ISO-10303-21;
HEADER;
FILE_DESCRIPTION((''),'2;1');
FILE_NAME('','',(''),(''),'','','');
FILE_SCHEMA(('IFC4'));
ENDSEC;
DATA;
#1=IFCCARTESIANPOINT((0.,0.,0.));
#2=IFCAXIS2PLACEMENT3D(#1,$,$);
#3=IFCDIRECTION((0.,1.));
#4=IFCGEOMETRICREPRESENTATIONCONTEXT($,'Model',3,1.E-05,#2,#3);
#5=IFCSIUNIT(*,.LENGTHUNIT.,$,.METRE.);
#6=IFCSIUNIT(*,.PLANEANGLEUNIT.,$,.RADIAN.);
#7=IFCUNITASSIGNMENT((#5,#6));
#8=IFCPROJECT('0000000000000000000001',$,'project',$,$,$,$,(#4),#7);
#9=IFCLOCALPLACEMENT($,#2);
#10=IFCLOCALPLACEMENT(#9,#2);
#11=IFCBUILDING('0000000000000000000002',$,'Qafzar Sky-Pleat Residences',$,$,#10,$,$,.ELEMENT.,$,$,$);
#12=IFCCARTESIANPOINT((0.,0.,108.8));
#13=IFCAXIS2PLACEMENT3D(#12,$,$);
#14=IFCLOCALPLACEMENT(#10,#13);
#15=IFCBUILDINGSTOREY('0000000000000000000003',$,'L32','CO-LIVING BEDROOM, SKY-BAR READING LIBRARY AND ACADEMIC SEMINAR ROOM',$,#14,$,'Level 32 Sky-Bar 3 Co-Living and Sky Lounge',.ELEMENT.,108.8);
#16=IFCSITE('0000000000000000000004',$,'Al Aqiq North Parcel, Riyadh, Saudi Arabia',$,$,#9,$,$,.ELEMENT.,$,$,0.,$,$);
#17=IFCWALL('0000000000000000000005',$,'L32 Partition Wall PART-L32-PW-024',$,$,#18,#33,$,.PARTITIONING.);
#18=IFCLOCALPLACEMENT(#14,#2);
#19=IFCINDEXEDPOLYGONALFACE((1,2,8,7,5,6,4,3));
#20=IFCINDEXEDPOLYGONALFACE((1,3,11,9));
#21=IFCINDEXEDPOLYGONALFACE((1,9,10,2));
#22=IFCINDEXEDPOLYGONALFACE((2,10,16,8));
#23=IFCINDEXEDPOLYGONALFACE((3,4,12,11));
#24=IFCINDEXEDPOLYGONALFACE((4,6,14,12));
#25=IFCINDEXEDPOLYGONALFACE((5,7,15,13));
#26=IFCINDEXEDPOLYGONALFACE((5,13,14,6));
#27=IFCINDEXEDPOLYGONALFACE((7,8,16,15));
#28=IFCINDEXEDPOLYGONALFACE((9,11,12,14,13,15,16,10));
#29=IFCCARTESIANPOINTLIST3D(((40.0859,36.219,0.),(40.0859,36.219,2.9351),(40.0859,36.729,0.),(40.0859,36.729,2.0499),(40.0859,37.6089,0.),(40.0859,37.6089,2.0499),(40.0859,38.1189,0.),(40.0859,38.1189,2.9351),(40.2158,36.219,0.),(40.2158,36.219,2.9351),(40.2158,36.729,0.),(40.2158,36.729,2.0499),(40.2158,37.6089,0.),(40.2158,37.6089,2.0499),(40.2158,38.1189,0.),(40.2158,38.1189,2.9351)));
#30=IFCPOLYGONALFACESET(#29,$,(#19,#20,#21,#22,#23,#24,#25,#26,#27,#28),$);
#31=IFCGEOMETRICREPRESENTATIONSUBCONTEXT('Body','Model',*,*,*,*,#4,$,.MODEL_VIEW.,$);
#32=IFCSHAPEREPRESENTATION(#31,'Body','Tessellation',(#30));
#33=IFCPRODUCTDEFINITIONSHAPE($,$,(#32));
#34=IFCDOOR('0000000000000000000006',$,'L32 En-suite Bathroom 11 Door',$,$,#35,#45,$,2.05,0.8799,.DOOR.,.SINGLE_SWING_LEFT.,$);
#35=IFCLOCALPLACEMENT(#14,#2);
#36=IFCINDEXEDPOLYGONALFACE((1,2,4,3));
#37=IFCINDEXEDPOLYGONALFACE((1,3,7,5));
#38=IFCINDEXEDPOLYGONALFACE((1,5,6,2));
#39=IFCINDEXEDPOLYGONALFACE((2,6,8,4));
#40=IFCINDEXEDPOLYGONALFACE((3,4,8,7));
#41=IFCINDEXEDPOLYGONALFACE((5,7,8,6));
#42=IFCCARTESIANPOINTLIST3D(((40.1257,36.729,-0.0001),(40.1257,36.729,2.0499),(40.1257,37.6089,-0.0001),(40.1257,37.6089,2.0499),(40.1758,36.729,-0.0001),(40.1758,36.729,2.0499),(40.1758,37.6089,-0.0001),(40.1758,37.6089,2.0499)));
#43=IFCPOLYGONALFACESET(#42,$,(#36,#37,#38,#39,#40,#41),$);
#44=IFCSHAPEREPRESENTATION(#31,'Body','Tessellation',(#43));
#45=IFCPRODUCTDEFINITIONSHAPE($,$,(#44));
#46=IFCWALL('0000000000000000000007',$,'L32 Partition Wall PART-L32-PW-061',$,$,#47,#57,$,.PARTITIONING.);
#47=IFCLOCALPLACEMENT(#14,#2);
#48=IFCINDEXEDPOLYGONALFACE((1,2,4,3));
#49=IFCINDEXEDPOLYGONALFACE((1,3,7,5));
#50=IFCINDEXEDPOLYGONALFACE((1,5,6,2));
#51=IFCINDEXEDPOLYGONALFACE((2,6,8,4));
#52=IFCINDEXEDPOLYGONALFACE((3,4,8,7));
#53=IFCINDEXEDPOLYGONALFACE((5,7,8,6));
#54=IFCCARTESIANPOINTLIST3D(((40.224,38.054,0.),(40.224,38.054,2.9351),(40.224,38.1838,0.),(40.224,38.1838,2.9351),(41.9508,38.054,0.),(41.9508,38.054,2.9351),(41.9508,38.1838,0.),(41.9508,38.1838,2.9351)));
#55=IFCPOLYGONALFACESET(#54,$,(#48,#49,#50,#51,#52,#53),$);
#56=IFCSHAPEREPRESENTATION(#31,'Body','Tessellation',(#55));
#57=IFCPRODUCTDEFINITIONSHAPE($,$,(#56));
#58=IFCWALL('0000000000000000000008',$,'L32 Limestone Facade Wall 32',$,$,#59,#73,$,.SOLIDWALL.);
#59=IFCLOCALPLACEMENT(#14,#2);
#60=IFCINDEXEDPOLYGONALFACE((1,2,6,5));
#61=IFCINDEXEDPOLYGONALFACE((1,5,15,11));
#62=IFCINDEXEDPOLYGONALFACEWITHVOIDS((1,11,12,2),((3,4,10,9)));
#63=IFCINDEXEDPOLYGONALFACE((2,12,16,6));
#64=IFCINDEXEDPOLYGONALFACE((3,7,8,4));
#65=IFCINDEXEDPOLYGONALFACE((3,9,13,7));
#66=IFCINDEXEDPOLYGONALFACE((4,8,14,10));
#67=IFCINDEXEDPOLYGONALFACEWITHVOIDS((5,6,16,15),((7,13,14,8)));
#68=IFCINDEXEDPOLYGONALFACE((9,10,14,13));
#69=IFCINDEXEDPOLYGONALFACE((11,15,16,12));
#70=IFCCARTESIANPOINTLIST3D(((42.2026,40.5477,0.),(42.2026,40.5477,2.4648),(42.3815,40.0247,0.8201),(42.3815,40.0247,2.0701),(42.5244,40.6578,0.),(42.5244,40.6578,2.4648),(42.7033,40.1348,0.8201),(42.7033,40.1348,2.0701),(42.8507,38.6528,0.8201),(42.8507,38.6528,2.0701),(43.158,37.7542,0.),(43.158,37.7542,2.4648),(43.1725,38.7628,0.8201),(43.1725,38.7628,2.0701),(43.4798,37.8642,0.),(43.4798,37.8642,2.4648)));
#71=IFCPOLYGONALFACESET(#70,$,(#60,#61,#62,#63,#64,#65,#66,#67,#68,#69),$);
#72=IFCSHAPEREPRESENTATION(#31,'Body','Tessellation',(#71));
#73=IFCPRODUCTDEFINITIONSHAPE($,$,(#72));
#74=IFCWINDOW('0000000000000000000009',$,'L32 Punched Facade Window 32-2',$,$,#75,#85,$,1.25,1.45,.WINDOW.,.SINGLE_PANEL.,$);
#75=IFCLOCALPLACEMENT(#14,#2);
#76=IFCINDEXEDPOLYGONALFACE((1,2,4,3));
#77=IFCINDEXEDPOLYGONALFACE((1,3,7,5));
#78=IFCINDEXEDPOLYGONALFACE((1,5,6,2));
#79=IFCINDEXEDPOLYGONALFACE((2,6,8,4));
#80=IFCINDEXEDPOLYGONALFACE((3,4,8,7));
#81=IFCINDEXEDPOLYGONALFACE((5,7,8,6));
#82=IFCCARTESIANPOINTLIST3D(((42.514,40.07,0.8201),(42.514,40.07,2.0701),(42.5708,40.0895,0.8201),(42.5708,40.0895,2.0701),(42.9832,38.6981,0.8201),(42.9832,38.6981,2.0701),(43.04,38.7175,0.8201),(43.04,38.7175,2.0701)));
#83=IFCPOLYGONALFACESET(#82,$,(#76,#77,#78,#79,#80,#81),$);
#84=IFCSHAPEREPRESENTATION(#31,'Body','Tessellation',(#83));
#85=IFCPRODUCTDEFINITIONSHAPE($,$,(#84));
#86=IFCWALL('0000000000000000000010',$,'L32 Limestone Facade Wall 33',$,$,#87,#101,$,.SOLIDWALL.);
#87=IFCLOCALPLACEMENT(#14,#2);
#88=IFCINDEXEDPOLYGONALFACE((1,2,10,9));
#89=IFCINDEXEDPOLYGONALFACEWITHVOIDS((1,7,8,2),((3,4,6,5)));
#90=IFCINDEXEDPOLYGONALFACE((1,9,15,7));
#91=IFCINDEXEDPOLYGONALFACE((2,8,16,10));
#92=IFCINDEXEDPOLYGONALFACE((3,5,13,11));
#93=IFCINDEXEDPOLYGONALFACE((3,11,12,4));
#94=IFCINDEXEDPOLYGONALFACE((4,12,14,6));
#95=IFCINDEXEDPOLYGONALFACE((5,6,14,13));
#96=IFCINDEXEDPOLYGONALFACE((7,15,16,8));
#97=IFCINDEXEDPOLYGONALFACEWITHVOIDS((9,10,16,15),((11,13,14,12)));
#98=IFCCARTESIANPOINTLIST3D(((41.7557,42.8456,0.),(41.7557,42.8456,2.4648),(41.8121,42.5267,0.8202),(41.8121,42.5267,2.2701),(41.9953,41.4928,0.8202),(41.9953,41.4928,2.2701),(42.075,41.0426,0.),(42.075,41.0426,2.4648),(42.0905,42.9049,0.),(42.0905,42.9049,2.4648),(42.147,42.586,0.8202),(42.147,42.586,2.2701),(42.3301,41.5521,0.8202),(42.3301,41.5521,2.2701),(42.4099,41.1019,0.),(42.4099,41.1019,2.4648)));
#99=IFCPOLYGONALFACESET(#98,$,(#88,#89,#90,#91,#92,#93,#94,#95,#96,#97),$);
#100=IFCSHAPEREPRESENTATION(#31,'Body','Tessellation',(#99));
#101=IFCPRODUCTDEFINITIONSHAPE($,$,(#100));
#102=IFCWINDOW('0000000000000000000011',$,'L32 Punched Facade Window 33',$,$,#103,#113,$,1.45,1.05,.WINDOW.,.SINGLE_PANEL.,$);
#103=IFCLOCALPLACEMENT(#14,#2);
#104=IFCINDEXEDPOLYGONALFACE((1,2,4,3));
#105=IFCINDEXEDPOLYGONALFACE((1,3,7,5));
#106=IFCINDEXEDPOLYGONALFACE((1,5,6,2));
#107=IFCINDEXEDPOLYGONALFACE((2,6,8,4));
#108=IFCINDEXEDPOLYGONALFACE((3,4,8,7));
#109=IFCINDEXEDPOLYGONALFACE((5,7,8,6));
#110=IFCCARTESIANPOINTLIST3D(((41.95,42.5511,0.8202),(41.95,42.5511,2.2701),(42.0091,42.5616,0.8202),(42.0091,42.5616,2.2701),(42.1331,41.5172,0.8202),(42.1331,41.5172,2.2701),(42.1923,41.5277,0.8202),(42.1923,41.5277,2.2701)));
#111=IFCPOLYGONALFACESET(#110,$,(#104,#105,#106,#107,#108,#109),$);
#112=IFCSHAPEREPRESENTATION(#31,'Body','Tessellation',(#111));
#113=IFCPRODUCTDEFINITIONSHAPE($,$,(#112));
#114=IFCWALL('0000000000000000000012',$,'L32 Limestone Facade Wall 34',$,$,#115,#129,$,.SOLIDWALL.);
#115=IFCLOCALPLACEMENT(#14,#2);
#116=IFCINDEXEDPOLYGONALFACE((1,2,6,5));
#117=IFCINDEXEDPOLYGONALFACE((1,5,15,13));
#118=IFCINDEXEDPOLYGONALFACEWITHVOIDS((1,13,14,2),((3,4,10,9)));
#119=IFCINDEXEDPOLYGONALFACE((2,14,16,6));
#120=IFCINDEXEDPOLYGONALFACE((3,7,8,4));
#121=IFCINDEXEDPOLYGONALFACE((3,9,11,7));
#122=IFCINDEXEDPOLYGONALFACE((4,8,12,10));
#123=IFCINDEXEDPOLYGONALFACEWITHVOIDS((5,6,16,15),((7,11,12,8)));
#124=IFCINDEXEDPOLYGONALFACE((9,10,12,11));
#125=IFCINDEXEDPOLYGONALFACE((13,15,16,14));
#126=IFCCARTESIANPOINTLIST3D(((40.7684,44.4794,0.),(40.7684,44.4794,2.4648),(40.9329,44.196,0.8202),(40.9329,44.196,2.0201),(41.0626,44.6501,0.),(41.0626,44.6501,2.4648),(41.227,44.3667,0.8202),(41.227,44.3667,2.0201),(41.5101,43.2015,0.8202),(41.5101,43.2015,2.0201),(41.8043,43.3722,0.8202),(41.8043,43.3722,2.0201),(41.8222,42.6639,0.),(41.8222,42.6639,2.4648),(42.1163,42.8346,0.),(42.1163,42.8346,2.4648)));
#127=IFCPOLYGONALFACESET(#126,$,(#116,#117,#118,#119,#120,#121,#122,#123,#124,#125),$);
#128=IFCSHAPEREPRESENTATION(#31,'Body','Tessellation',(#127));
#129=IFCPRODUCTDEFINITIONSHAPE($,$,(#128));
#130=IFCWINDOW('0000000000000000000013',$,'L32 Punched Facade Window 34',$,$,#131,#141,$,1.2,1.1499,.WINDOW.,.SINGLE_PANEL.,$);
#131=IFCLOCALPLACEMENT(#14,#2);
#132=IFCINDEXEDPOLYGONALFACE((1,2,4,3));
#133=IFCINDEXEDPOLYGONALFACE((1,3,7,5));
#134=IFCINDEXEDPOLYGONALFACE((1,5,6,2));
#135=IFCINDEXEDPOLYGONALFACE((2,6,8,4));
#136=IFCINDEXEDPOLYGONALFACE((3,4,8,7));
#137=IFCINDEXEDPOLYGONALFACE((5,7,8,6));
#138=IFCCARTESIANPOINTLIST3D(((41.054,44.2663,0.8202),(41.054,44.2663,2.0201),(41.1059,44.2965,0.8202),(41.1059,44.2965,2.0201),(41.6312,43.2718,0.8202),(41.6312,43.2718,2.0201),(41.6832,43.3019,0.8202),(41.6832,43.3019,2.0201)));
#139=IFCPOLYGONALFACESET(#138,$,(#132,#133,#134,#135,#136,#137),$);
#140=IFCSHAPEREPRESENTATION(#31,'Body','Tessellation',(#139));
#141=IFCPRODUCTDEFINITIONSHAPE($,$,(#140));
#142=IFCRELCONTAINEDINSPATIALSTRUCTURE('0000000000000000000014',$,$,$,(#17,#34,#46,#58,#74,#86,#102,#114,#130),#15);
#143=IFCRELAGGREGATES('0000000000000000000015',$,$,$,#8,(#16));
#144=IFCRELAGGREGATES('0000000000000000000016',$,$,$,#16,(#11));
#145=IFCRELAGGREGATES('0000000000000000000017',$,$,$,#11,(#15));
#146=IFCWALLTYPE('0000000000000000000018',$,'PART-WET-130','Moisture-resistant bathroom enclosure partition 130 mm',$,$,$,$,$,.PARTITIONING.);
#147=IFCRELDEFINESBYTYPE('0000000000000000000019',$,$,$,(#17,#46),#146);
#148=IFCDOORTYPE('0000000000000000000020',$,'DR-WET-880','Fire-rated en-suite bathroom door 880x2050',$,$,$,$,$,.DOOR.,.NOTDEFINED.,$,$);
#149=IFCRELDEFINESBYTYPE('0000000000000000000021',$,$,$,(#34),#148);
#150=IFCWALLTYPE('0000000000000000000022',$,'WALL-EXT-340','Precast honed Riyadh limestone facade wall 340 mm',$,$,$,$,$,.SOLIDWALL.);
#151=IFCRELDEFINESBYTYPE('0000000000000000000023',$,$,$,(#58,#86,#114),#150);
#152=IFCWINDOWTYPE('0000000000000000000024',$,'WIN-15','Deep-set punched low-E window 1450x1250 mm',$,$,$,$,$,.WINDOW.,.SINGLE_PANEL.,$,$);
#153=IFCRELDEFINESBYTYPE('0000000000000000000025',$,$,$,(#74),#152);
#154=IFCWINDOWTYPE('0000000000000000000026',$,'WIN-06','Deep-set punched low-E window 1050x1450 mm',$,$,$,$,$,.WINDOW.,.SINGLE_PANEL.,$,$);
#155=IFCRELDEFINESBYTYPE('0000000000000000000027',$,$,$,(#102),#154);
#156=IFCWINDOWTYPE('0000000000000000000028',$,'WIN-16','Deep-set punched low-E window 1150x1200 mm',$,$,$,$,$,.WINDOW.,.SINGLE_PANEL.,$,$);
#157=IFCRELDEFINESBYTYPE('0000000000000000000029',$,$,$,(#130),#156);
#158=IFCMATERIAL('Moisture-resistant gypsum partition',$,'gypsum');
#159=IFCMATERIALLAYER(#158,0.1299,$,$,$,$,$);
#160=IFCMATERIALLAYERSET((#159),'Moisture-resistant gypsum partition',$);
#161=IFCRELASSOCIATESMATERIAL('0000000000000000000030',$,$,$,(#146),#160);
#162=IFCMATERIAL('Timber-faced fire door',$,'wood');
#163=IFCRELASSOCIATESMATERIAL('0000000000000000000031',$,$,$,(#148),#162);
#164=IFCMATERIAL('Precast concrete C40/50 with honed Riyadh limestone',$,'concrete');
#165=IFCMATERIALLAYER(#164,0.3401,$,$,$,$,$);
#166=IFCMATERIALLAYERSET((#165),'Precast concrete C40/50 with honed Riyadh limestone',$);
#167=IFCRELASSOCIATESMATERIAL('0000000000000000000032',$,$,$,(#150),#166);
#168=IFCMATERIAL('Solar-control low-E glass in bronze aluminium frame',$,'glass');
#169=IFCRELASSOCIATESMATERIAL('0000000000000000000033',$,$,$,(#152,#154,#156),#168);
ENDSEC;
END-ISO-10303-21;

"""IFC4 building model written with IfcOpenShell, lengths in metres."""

from ifc_helpers import new_model, si_unit, direction, frame, frame_2d, origin, place, context, subcontext, project, spatial, rectangle, extrude, source, transform, mapped, material, layer, layer_set, type_object, element, fill, save


model = new_model("IFC4")

# Units and contexts
model_context = context("Model", 3, precision=1e-05, world=origin(), true_north=direction((0.0, 1.0)))
body_context = subcontext(model_context, "Body", "Model", "MODEL_VIEW")
ifc_project = project(units=[si_unit("LENGTHUNIT", "METRE"), si_unit("PLANEANGLEUNIT", "RADIAN")], contexts=[model_context])

# Site, building, storey
site_placement = place(None, origin())
site = spatial("IfcSite", under=ifc_project, at=site_placement, Name="Al Aqiq North Parcel, Riyadh, Saudi Arabia", CompositionType="ELEMENT", RefElevation=0.0)
building_placement = place(site_placement, origin())
building = spatial("IfcBuilding", under=site, at=building_placement, Name="Qafzar Sky-Pleat Residences", CompositionType="ELEMENT")
storey_placement = place(building_placement, frame((0.0, 0.0, 108.8)))
storey = spatial("IfcBuildingStorey", under=building, at=storey_placement, Name="L32", Description="CO-LIVING BEDROOM, SKY-BAR READING LIBRARY AND ACADEMIC SEMINAR ROOM", LongName="Level 32 Sky-Bar 3 Co-Living and Sky Lounge", CompositionType="ELEMENT", Elevation=108.8)

# Wall, opening, door
ifc_material_1 = material(Name="Moisture-resistant gypsum partition", Category="gypsum")
ifc_layer_1 = layer(ifc_material_1, 0.1299)
ifc_layer_set_1 = layer_set([ifc_layer_1], Name="Moisture-resistant gypsum partition")
wall_type_1 = type_object("IfcWallType", Name="PART-WET-130", Description="Moisture-resistant bathroom enclosure partition 130 mm", PredefinedType="PARTITIONING", material=ifc_layer_set_1)
wall_1_placement = place(storey_placement, frame((40.1509, 38.1189, 0.0), z_axis=(0.0, 0.0, 1.0), x_axis=(0.0, -1.0, 0.0)))
wall_1 = element("IfcWall", 1, at=wall_1_placement, inside=storey, type_object=wall_type_1, Name="L32 Partition Wall PART-L32-PW-024", PredefinedType="PARTITIONING", context=body_context, shape_type="SweptSolid", body=[
    extrude(rectangle(XDim=1.8999, YDim=0.1299, at=frame_2d((0.95, 0.0))), origin(), (0.0, 0.0, 1.0), 2.9351),
])
opening_1_placement = place(wall_1_placement, frame((0.51, 0.0, 0.0)))
opening_1 = element("IfcOpeningElement", 2, at=opening_1_placement, cuts=wall_1, PredefinedType="OPENING", context=body_context, shape_type="SweptSolid", body=[
    extrude(rectangle(XDim=0.8799, YDim=2.05, at=frame_2d((0.4399, 1.0249))), frame((0.0, 0.075, 0.0), z_axis=(0.0, -1.0, 0.0), x_axis=(1.0, 0.0, 0.0)), (0.0, 0.0, 1.0), 0.1499),
])
ifc_material_2 = material(Name="Timber-faced fire door", Category="wood")
door_type = type_object("IfcDoorType", Name="DR-WET-880", Description="Fire-rated en-suite bathroom door 880x2050", OperationType="NOTDEFINED", PredefinedType="DOOR", material=ifc_material_2)
shared_shape_1 = source(origin(), body_context, "Body", "SweptSolid", [
    extrude(rectangle(XDim=0.8799, YDim=2.05, at=frame_2d((0.4399, 1.0249))), frame((0.0, 0.0249, 0.0), z_axis=(0.0, -1.0, 0.0), x_axis=(1.0, 0.0, 0.0)), (0.0, 0.0, 1.0), 0.05),
])
door_placement = place(opening_1_placement, origin())
door = element("IfcDoor", 3, at=door_placement, inside=storey, type_object=door_type, Name="L32 En-suite Bathroom 11 Door", OperationType="SINGLE_SWING_LEFT", OverallHeight=2.05, OverallWidth=0.8799, PredefinedType="DOOR", context=body_context, shape_type="MappedRepresentation", body=[
    mapped(shared_shape_1, transform((0.0, 0.0, 0.0), x_axis=(1.0, 0.0, 0.0), y_axis=(0.0, 1.0, 0.0), z_axis=(0.0, 0.0, 1.0), scale=1.0)),
])
fill(opening_1, door)

# Wall
wall_2_placement = place(storey_placement, frame((40.2241, 38.1189, 0.0), z_axis=(0.0, 0.0, 1.0), x_axis=(1.0, 0.0, 0.0)))
element("IfcWall", 4, at=wall_2_placement, inside=storey, type_object=wall_type_1, Name="L32 Partition Wall PART-L32-PW-061", PredefinedType="PARTITIONING", context=body_context, shape_type="SweptSolid", body=[
    extrude(rectangle(XDim=1.7268, YDim=0.1299, at=frame_2d((0.8633, 0.0))), origin(), (0.0, 0.0, 1.0), 2.9351),
])

# Walls, openings, windows
ifc_material_3 = material(Name="Precast concrete C40/50 with honed Riyadh limestone", Category="concrete")
ifc_layer_2 = layer(ifc_material_3, 0.3401)
ifc_layer_set_2 = layer_set([ifc_layer_2], Name="Precast concrete C40/50 with honed Riyadh limestone")
wall_type_2 = type_object("IfcWallType", Name="WALL-EXT-340", Description="Precast honed Riyadh limestone facade wall 340 mm", PredefinedType="SOLIDWALL", material=ifc_layer_set_2)
wall_3_placement = place(storey_placement, frame((43.3188, 37.8093, 0.0), z_axis=(0.0, 0.0, 1.0), x_axis=(-0.323586, 0.946199, 0.0)))
wall_3 = element("IfcWall", 5, at=wall_3_placement, inside=storey, type_object=wall_type_2, Name="L32 Limestone Facade Wall 32", PredefinedType="SOLIDWALL", context=body_context, shape_type="SweptSolid", body=[
    extrude(rectangle(XDim=2.9524, YDim=0.3401, at=frame_2d((1.4761, 0.0))), origin(), (0.0, 0.0, 1.0), 2.4648),
])
opening_2_placement = place(wall_3_placement, frame((0.9495, 0.0, 0.8201)))
opening_2 = element("IfcOpeningElement", 6, at=opening_2_placement, cuts=wall_3, PredefinedType="OPENING", context=body_context, shape_type="SweptSolid", body=[
    extrude(rectangle(XDim=1.45, YDim=1.25, at=frame_2d((0.7251, 0.625))), frame((0.0, 0.1802, 0.0), z_axis=(0.0, -1.0, 0.0), x_axis=(1.0, 0.0, 0.0)), (0.0, 0.0, 1.0), 0.3601),
])
ifc_material_4 = material(Name="Solar-control low-E glass in bronze aluminium frame", Category="glass")
window_type_1 = type_object("IfcWindowType", Name="WIN-15", Description="Deep-set punched low-E window 1450x1250 mm", PartitioningType="SINGLE_PANEL", PredefinedType="WINDOW", material=ifc_material_4)
shared_shape_2 = source(origin(), body_context, "Body", "SweptSolid", [
    extrude(rectangle(XDim=1.45, YDim=1.25, at=frame_2d((0.7251, 0.625))), frame((0.0, 0.03, 0.0), z_axis=(0.0, -1.0, 0.0), x_axis=(1.0, 0.0, 0.0)), (0.0, 0.0, 1.0), 0.0601),
])
window_1_placement = place(opening_2_placement, origin())
window_1 = element("IfcWindow", 7, at=window_1_placement, inside=storey, type_object=window_type_1, Name="L32 Punched Facade Window 32-2", OverallHeight=1.25, OverallWidth=1.45, PartitioningType="SINGLE_PANEL", PredefinedType="WINDOW", context=body_context, shape_type="MappedRepresentation", body=[
    mapped(shared_shape_2, transform((0.0, 0.0, 0.0), x_axis=(1.0, 0.0, 0.0), y_axis=(0.0, 1.0, 0.0), z_axis=(0.0, 0.0, 1.0), scale=1.0)),
])
fill(opening_2, window_1)
wall_4_placement = place(storey_placement, frame((42.2424, 41.0723, 0.0), z_axis=(0.0, 0.0, 1.0), x_axis=(-0.174401, 0.984675, 0.0)))
wall_4 = element("IfcWall", 8, at=wall_4_placement, inside=storey, type_object=wall_type_2, Name="L32 Limestone Facade Wall 33", PredefinedType="SOLIDWALL", context=body_context, shape_type="SweptSolid", body=[
    extrude(rectangle(XDim=1.8311, YDim=0.3401, at=frame_2d((0.9155, 0.0))), origin(), (0.0, 0.0, 1.0), 2.4648),
])
opening_3_placement = place(wall_4_placement, frame((0.4573, 0.0, 0.8201)))
opening_3 = element("IfcOpeningElement", 9, at=opening_3_placement, cuts=wall_4, PredefinedType="OPENING", context=body_context, shape_type="SweptSolid", body=[
    extrude(rectangle(XDim=1.05, YDim=1.45, at=frame_2d((0.5249, 0.7251))), frame((0.0, 0.1802, 0.0), z_axis=(0.0, -1.0, 0.0), x_axis=(1.0, 0.0, 0.0)), (0.0, 0.0, 1.0), 0.3601),
])
window_type_2 = type_object("IfcWindowType", Name="WIN-06", Description="Deep-set punched low-E window 1050x1450 mm", PartitioningType="SINGLE_PANEL", PredefinedType="WINDOW", material=ifc_material_4)
shared_shape_3 = source(origin(), body_context, "Body", "SweptSolid", [
    extrude(rectangle(XDim=1.05, YDim=1.45, at=frame_2d((0.5249, 0.7251))), frame((0.0, 0.03, 0.0), z_axis=(0.0, -1.0, 0.0), x_axis=(1.0, 0.0, 0.0)), (0.0, 0.0, 1.0), 0.0601),
])
window_2_placement = place(opening_3_placement, origin())
window_2 = element("IfcWindow", 10, at=window_2_placement, inside=storey, type_object=window_type_2, Name="L32 Punched Facade Window 33", OverallHeight=1.45, OverallWidth=1.05, PartitioningType="SINGLE_PANEL", PredefinedType="WINDOW", context=body_context, shape_type="MappedRepresentation", body=[
    mapped(shared_shape_3, transform((0.0, 0.0, 0.0), x_axis=(1.0, 0.0, 0.0), y_axis=(0.0, 1.0, 0.0), z_axis=(0.0, 0.0, 1.0), scale=1.0)),
])
fill(opening_3, window_2)
wall_5_placement = place(storey_placement, frame((41.9692, 42.7493, 0.0), z_axis=(0.0, 0.0, 1.0), x_axis=(-0.50199, 0.864874, 0.0)))
wall_5 = element("IfcWall", 11, at=wall_5_placement, inside=storey, type_object=wall_type_2, Name="L32 Limestone Facade Wall 34", PredefinedType="SOLIDWALL", context=body_context, shape_type="SweptSolid", body=[
    extrude(rectangle(XDim=2.0991, YDim=0.3401, at=frame_2d((1.0496, 0.0))), origin(), (0.0, 0.0, 1.0), 2.4648),
])
opening_4_placement = place(wall_5_placement, frame((0.6216, 0.0, 0.8201)))
opening_4 = element("IfcOpeningElement", 12, at=opening_4_placement, cuts=wall_5, PredefinedType="OPENING", context=body_context, shape_type="SweptSolid", body=[
    extrude(rectangle(XDim=1.1499, YDim=1.2, at=frame_2d((0.575, 0.6001))), frame((0.0, 0.1802, 0.0), z_axis=(0.0, -1.0, 0.0), x_axis=(1.0, 0.0, 0.0)), (0.0, 0.0, 1.0), 0.3601),
])
window_type_3 = type_object("IfcWindowType", Name="WIN-16", Description="Deep-set punched low-E window 1150x1200 mm", PartitioningType="SINGLE_PANEL", PredefinedType="WINDOW", material=ifc_material_4)
shared_shape_4 = source(origin(), body_context, "Body", "SweptSolid", [
    extrude(rectangle(XDim=1.1499, YDim=1.2, at=frame_2d((0.575, 0.6001))), frame((0.0, 0.03, 0.0), z_axis=(0.0, -1.0, 0.0), x_axis=(1.0, 0.0, 0.0)), (0.0, 0.0, 1.0), 0.0601),
])
window_3_placement = place(opening_4_placement, origin())
window_3 = element("IfcWindow", 13, at=window_3_placement, inside=storey, type_object=window_type_3, Name="L32 Punched Facade Window 34", OverallHeight=1.2, OverallWidth=1.1499, PartitioningType="SINGLE_PANEL", PredefinedType="WINDOW", context=body_context, shape_type="MappedRepresentation", body=[
    mapped(shared_shape_4, transform((0.0, 0.0, 0.0), x_axis=(1.0, 0.0, 0.0), y_axis=(0.0, 1.0, 0.0), z_axis=(0.0, 0.0, 1.0), scale=1.0)),
])
fill(opening_4, window_3)

save(model, "model.ifc")
